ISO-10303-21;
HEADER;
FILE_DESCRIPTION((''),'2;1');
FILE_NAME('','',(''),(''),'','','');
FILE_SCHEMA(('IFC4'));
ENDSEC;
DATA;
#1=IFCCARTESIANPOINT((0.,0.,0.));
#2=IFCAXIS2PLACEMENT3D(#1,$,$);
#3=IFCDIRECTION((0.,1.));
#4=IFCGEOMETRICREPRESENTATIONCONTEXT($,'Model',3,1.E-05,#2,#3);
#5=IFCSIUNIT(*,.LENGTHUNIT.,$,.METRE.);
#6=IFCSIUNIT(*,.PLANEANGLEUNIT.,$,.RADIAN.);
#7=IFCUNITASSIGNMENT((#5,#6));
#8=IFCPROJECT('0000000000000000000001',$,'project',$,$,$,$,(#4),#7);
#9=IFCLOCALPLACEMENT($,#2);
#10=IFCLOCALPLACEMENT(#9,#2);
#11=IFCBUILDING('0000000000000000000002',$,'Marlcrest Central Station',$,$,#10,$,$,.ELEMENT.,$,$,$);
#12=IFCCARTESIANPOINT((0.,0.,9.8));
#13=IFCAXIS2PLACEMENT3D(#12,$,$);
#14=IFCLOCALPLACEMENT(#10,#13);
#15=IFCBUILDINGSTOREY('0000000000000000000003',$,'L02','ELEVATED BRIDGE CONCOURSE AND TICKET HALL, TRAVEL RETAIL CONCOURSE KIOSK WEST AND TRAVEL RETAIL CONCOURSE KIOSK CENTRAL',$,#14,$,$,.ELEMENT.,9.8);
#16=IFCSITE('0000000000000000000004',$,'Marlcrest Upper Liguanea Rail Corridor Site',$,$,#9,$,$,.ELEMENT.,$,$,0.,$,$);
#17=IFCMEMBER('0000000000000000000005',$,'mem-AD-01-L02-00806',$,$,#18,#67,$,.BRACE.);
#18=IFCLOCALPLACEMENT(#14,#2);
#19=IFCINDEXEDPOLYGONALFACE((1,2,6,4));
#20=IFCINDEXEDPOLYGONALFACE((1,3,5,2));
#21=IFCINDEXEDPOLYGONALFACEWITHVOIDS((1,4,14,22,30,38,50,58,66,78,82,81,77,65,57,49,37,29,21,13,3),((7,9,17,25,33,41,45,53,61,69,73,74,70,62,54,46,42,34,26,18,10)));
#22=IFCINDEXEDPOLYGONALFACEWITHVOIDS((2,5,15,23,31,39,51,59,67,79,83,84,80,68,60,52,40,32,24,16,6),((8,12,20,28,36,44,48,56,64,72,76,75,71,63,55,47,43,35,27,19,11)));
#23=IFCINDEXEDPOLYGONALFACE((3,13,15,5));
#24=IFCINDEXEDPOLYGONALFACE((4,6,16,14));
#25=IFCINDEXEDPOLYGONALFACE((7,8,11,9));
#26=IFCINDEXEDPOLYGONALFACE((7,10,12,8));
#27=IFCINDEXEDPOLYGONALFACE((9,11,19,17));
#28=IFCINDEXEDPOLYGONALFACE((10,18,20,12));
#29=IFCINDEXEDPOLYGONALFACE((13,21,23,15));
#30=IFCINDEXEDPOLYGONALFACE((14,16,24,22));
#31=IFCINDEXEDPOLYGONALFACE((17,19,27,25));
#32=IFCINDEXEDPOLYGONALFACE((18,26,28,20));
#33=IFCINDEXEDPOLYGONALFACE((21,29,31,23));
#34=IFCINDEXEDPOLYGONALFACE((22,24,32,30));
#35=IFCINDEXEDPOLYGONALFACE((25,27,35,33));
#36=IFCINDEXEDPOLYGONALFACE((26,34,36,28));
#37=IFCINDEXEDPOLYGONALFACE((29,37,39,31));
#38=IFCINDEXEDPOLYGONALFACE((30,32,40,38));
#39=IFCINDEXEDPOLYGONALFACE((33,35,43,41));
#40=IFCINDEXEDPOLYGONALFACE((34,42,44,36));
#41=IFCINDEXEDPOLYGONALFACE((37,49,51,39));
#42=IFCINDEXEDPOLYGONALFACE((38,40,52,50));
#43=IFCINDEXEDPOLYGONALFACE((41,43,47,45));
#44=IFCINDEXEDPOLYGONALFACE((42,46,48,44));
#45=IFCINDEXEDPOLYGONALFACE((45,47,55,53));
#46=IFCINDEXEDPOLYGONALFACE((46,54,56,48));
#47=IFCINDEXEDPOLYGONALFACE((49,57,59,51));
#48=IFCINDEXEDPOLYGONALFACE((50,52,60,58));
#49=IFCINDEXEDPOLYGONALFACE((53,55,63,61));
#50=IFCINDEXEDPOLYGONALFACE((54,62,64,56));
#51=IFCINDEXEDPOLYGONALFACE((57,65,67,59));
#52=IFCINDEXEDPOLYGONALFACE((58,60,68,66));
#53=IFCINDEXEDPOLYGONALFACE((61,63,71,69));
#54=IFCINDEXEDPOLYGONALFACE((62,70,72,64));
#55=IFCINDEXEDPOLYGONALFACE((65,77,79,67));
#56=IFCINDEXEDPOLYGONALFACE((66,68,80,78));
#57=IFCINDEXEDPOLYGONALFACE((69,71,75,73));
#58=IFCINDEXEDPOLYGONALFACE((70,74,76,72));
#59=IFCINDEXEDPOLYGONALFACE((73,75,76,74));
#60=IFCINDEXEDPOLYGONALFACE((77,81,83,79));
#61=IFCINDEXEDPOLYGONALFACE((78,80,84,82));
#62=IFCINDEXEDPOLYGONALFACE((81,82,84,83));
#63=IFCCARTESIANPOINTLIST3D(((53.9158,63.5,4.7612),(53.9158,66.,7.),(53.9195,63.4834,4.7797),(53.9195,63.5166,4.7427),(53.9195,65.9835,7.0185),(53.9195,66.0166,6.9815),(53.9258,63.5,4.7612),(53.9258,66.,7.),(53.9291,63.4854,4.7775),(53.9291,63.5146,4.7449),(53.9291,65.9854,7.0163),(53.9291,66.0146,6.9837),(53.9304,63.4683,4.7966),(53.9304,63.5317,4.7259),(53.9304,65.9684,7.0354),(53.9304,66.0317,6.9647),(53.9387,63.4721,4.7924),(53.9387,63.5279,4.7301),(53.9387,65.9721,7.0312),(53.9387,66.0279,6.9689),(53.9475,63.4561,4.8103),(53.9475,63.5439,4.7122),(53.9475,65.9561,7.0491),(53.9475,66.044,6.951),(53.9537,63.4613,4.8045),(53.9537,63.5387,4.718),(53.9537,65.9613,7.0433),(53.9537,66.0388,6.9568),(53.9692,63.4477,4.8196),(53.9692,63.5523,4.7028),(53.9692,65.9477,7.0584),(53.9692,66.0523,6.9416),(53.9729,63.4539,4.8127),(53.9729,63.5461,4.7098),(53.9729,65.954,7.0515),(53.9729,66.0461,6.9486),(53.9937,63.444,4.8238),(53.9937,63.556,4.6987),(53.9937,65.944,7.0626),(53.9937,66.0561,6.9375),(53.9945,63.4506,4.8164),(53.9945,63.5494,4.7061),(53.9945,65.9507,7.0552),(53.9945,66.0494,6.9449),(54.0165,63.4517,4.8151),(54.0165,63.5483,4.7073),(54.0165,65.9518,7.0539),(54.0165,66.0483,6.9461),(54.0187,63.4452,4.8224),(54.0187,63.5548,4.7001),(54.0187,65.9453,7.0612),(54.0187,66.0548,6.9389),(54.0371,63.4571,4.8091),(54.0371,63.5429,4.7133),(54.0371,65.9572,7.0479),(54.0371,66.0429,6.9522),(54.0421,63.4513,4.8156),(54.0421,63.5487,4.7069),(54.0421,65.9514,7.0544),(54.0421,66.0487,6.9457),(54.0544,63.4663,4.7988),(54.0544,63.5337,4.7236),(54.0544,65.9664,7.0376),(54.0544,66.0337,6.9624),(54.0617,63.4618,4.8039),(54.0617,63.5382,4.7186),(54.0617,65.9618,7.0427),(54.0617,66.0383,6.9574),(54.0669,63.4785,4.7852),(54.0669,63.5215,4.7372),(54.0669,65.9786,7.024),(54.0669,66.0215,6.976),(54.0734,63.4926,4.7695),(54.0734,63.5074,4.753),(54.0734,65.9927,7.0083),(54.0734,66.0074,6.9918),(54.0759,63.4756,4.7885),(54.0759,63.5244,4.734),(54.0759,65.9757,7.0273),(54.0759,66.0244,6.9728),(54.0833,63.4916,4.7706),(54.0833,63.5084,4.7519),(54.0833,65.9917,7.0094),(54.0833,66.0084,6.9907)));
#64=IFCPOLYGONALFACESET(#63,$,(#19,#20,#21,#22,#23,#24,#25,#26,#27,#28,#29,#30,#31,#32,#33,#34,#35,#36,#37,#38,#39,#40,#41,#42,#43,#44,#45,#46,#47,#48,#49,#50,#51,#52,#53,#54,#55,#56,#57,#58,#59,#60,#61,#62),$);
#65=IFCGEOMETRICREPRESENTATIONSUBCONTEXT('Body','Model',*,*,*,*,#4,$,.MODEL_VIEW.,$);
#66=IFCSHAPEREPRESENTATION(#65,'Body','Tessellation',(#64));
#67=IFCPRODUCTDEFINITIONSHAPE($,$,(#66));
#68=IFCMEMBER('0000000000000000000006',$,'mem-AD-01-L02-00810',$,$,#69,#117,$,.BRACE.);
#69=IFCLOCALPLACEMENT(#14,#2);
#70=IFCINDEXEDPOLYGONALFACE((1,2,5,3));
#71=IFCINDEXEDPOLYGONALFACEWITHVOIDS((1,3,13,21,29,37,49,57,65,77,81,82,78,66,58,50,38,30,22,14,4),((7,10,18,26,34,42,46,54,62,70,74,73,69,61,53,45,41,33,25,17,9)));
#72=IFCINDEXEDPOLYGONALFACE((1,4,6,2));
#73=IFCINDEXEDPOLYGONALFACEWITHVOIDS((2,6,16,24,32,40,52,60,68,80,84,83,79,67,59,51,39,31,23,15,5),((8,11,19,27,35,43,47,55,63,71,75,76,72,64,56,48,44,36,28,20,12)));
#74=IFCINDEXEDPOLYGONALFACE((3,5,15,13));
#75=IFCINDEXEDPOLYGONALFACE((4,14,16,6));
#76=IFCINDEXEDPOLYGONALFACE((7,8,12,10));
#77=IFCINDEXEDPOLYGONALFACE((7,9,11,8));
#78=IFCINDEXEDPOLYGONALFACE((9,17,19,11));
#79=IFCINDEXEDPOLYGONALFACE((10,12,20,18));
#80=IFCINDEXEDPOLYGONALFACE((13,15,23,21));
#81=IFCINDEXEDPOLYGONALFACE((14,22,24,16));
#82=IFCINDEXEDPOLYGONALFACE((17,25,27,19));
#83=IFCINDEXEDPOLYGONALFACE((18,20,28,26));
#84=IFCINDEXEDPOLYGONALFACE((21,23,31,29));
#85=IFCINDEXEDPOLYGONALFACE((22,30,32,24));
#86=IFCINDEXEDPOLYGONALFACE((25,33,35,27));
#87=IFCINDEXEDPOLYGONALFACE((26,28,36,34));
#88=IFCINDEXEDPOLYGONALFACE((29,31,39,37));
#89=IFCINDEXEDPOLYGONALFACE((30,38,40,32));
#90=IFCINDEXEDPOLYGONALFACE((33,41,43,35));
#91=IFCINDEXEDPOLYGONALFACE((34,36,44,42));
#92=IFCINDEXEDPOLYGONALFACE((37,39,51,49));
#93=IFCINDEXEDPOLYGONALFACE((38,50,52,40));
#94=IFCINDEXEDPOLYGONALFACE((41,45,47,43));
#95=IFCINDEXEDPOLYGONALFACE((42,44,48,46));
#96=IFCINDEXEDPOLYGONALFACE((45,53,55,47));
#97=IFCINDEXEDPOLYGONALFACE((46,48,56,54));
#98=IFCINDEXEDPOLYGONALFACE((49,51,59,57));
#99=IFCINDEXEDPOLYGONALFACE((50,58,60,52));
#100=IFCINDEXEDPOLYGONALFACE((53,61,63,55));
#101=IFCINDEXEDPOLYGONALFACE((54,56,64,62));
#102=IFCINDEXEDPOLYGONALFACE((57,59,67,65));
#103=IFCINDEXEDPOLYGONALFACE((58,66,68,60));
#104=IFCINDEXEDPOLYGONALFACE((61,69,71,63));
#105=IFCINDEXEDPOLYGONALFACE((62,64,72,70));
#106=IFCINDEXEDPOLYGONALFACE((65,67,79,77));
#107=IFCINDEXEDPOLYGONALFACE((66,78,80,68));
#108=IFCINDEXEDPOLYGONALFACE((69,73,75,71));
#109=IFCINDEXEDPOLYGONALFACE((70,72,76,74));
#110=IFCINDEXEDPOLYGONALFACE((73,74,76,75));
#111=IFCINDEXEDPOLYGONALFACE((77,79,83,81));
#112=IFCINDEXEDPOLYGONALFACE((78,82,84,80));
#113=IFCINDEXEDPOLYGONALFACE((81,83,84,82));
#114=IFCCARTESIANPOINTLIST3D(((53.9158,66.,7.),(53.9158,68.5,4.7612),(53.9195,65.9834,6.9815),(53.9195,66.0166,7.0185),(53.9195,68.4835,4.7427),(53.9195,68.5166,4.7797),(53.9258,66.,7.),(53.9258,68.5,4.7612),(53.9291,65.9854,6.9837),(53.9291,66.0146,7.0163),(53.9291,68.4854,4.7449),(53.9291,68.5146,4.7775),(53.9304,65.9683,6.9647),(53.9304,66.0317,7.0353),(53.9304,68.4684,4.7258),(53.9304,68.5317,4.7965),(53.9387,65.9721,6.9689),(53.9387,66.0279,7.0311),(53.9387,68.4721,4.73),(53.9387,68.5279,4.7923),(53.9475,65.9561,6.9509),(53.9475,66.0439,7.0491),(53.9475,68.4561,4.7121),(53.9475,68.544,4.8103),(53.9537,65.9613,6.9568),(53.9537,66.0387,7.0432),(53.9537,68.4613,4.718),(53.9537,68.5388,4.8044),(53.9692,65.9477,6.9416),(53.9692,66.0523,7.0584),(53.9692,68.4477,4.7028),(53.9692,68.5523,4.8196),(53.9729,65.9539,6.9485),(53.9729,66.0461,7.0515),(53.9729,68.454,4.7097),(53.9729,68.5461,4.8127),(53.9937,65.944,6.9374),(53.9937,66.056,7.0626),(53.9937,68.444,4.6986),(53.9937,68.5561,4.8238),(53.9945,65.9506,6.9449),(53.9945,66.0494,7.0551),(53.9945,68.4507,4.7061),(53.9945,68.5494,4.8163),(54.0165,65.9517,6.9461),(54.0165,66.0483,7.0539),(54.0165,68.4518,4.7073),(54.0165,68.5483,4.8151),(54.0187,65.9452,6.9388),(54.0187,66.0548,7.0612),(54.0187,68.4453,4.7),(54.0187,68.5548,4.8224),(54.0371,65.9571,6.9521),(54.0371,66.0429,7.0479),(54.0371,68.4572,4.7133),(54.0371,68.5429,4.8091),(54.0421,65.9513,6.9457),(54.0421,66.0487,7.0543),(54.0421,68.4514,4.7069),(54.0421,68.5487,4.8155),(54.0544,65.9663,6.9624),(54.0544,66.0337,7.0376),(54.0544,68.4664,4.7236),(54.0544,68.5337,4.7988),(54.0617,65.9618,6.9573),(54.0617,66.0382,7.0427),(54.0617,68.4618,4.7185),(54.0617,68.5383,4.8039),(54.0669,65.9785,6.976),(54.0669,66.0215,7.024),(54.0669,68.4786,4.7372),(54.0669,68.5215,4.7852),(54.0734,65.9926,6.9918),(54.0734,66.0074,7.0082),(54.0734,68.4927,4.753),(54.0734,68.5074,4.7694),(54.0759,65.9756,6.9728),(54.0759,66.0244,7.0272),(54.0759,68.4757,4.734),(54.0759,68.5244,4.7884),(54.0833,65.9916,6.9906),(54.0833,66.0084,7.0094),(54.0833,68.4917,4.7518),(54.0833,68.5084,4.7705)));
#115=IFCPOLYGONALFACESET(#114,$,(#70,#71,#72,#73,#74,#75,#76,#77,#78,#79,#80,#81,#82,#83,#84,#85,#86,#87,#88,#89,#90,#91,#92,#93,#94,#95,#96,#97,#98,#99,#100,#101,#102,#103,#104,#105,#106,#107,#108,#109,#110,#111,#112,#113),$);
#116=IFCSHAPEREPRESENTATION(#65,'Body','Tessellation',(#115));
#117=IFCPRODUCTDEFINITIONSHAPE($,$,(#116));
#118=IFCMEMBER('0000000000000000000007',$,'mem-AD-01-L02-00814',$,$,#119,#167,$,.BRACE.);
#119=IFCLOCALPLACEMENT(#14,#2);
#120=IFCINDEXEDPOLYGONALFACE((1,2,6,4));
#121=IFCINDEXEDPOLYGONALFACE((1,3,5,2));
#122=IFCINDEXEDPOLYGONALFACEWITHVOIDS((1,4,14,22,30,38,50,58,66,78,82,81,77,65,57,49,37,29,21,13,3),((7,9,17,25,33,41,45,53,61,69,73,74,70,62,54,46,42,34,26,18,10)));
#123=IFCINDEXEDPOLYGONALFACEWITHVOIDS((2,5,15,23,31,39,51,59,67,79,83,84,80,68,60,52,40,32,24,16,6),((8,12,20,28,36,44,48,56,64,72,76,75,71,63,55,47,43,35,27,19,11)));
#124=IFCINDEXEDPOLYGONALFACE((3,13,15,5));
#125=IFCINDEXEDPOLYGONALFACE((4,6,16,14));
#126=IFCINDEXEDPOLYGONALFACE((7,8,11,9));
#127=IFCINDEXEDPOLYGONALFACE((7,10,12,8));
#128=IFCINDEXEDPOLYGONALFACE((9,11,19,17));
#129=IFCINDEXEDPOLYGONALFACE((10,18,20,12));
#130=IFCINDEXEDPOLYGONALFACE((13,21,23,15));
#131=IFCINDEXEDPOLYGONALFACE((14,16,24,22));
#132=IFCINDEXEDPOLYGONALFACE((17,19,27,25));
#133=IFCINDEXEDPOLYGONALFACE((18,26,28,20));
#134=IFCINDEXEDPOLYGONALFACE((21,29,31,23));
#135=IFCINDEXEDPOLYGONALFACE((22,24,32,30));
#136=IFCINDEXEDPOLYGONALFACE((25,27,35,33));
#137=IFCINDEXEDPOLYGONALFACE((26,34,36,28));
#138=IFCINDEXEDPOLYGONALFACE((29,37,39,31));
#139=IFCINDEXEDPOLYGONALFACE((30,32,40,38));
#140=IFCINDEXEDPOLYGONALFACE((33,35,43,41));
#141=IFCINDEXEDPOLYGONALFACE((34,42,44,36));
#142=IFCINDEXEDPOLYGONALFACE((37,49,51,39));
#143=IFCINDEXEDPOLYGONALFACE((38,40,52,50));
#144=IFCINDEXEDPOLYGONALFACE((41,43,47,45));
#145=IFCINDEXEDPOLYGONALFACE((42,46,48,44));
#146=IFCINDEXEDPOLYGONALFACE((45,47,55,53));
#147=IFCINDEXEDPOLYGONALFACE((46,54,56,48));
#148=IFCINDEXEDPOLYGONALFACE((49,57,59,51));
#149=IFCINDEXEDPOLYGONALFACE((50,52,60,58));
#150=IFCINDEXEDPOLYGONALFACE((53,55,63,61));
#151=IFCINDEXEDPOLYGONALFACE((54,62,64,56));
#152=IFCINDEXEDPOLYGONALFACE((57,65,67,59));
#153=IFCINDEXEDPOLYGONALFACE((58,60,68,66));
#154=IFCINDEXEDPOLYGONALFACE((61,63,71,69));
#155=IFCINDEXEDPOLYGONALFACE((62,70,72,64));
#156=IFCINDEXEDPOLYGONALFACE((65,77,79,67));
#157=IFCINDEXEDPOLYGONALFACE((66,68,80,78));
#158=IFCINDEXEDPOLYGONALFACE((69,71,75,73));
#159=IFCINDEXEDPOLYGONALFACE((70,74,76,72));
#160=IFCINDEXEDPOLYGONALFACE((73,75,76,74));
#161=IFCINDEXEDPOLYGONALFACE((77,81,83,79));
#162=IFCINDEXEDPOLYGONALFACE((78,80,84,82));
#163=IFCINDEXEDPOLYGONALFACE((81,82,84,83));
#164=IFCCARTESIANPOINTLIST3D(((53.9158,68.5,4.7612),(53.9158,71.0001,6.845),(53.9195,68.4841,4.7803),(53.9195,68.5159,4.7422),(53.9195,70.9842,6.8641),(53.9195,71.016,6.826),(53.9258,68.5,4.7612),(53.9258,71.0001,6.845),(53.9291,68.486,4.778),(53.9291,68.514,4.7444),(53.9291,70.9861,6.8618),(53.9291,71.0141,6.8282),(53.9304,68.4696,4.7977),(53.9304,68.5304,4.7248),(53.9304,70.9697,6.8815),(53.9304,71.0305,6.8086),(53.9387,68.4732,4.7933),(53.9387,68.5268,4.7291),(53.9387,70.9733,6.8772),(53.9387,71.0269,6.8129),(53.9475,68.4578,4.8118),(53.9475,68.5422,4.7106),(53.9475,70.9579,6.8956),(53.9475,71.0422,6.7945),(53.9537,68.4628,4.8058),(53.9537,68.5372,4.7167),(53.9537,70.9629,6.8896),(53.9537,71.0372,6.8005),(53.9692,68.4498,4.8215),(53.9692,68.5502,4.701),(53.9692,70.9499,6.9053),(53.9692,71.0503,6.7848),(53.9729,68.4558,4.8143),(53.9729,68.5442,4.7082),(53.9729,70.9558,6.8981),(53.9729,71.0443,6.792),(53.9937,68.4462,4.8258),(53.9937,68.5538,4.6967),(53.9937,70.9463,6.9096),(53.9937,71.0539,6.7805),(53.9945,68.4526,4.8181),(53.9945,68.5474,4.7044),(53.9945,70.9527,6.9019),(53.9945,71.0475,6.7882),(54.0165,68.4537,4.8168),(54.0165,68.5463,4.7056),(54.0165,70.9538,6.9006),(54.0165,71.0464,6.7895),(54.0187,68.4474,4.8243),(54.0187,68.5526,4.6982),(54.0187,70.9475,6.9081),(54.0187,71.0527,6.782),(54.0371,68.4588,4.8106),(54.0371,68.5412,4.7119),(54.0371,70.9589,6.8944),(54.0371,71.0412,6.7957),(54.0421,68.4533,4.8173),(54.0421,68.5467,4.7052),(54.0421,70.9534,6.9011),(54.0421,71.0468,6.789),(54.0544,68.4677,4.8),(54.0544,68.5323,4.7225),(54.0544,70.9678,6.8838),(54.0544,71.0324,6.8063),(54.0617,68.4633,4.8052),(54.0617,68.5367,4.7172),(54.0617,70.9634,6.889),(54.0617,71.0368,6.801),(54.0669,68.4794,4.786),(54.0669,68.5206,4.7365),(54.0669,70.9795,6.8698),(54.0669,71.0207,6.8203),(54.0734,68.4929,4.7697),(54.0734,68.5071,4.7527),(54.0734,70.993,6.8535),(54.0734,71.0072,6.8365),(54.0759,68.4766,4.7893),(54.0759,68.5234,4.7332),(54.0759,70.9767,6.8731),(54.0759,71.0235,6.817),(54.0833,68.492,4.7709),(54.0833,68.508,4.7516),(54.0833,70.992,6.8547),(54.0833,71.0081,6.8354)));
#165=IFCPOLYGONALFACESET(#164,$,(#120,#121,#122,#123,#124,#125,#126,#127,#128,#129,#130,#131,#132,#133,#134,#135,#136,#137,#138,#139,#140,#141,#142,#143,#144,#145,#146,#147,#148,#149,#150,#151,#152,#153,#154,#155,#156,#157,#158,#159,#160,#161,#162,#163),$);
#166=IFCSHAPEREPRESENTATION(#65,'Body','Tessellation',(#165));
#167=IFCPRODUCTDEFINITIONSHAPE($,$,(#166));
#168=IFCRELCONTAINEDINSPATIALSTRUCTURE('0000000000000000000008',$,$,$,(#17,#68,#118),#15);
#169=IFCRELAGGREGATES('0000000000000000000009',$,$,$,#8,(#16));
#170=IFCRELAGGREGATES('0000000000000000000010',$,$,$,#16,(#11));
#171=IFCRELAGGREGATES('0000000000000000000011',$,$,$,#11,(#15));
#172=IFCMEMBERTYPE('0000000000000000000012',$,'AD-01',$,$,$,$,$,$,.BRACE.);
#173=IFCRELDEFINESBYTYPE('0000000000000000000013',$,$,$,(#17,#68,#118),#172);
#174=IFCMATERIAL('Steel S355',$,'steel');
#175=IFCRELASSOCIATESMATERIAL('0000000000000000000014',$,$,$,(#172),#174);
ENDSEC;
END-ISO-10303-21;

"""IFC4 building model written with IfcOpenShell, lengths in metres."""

from ifc_helpers import new_model, si_unit, direction, frame, origin, origin_2d, place, context, subcontext, project, spatial, hollow_circle, extrude, material, material_profile, profile_set, type_object, element, save


model = new_model("IFC4")

# Units and contexts
model_context = context("Model", 3, precision=1e-05, world=origin(), true_north=direction((0.0, 1.0)))
body_context = subcontext(model_context, "Body", "Model", "MODEL_VIEW")
ifc_project = project(units=[si_unit("LENGTHUNIT", "METRE"), si_unit("PLANEANGLEUNIT", "RADIAN")], contexts=[model_context])

# Site, building, storey
site_placement = place(None, origin())
site = spatial("IfcSite", under=ifc_project, at=site_placement, Name="Marlcrest Upper Liguanea Rail Corridor Site", CompositionType="ELEMENT", RefElevation=0.0)
building_placement = place(site_placement, origin())
building = spatial("IfcBuilding", under=site, at=building_placement, Name="Marlcrest Central Station", CompositionType="ELEMENT")
storey_placement = place(building_placement, frame((0.0, 0.0, 9.8)))
storey = spatial("IfcBuildingStorey", under=building, at=storey_placement, Name="L02", Description="ELEVATED BRIDGE CONCOURSE AND TICKET HALL, TRAVEL RETAIL CONCOURSE KIOSK WEST AND TRAVEL RETAIL CONCOURSE KIOSK CENTRAL", CompositionType="ELEMENT", Elevation=9.8)

# Members
ifc_material = material(Name="Steel S355", Category="steel")
ifc_material_profile_1 = material_profile(ifc_material, hollow_circle(Radius=0.0842, WallThickness=0.01, at=origin_2d()), Name="CHS 168.3x10")
ifc_profile_set_1 = profile_set([ifc_material_profile_1], Name="Steel S355")
member_type_1 = type_object("IfcMemberType", Name="AD-01", PredefinedType="BRACE", material=ifc_profile_set_1)
for number, where, z_axis, x_axis, name in (
    (1, (54.0, 63.5, 4.7612), (0.0, 0.744956, 0.667114), (-1.0, 0.0, 0.0), "mem-AD-01-L02-00806"),
    (2, (54.0, 66.0, 7.0), (0.0, 0.744956, -0.667114), (-1.0, 0.0, 0.0), "mem-AD-01-L02-00810"),
):
    element("IfcMember", number, at=place(storey_placement, frame(where, z_axis=z_axis, x_axis=x_axis)), inside=storey, type_object=member_type_1, Name=name, PredefinedType="BRACE", context=body_context, shape_type="SweptSolid", body=[
        extrude(hollow_circle(Radius=0.0842, WallThickness=0.01, at=origin_2d()), origin(), (0.0, 0.0, 1.0), 3.356),
    ])
member_1_placement = place(storey_placement, frame((54.0, 68.5, 4.7612), z_axis=(0.0, 0.76816, 0.640258), x_axis=(-1.0, 0.0, 0.0)))
element("IfcMember", 3, at=member_1_placement, inside=storey, type_object=member_type_1, Name="mem-AD-01-L02-00814", PredefinedType="BRACE", context=body_context, shape_type="SweptSolid", body=[
    extrude(hollow_circle(Radius=0.0842, WallThickness=0.01, at=origin_2d()), origin(), (0.0, 0.0, 1.0), 3.2546),
])

save(model, "model.ifc")
